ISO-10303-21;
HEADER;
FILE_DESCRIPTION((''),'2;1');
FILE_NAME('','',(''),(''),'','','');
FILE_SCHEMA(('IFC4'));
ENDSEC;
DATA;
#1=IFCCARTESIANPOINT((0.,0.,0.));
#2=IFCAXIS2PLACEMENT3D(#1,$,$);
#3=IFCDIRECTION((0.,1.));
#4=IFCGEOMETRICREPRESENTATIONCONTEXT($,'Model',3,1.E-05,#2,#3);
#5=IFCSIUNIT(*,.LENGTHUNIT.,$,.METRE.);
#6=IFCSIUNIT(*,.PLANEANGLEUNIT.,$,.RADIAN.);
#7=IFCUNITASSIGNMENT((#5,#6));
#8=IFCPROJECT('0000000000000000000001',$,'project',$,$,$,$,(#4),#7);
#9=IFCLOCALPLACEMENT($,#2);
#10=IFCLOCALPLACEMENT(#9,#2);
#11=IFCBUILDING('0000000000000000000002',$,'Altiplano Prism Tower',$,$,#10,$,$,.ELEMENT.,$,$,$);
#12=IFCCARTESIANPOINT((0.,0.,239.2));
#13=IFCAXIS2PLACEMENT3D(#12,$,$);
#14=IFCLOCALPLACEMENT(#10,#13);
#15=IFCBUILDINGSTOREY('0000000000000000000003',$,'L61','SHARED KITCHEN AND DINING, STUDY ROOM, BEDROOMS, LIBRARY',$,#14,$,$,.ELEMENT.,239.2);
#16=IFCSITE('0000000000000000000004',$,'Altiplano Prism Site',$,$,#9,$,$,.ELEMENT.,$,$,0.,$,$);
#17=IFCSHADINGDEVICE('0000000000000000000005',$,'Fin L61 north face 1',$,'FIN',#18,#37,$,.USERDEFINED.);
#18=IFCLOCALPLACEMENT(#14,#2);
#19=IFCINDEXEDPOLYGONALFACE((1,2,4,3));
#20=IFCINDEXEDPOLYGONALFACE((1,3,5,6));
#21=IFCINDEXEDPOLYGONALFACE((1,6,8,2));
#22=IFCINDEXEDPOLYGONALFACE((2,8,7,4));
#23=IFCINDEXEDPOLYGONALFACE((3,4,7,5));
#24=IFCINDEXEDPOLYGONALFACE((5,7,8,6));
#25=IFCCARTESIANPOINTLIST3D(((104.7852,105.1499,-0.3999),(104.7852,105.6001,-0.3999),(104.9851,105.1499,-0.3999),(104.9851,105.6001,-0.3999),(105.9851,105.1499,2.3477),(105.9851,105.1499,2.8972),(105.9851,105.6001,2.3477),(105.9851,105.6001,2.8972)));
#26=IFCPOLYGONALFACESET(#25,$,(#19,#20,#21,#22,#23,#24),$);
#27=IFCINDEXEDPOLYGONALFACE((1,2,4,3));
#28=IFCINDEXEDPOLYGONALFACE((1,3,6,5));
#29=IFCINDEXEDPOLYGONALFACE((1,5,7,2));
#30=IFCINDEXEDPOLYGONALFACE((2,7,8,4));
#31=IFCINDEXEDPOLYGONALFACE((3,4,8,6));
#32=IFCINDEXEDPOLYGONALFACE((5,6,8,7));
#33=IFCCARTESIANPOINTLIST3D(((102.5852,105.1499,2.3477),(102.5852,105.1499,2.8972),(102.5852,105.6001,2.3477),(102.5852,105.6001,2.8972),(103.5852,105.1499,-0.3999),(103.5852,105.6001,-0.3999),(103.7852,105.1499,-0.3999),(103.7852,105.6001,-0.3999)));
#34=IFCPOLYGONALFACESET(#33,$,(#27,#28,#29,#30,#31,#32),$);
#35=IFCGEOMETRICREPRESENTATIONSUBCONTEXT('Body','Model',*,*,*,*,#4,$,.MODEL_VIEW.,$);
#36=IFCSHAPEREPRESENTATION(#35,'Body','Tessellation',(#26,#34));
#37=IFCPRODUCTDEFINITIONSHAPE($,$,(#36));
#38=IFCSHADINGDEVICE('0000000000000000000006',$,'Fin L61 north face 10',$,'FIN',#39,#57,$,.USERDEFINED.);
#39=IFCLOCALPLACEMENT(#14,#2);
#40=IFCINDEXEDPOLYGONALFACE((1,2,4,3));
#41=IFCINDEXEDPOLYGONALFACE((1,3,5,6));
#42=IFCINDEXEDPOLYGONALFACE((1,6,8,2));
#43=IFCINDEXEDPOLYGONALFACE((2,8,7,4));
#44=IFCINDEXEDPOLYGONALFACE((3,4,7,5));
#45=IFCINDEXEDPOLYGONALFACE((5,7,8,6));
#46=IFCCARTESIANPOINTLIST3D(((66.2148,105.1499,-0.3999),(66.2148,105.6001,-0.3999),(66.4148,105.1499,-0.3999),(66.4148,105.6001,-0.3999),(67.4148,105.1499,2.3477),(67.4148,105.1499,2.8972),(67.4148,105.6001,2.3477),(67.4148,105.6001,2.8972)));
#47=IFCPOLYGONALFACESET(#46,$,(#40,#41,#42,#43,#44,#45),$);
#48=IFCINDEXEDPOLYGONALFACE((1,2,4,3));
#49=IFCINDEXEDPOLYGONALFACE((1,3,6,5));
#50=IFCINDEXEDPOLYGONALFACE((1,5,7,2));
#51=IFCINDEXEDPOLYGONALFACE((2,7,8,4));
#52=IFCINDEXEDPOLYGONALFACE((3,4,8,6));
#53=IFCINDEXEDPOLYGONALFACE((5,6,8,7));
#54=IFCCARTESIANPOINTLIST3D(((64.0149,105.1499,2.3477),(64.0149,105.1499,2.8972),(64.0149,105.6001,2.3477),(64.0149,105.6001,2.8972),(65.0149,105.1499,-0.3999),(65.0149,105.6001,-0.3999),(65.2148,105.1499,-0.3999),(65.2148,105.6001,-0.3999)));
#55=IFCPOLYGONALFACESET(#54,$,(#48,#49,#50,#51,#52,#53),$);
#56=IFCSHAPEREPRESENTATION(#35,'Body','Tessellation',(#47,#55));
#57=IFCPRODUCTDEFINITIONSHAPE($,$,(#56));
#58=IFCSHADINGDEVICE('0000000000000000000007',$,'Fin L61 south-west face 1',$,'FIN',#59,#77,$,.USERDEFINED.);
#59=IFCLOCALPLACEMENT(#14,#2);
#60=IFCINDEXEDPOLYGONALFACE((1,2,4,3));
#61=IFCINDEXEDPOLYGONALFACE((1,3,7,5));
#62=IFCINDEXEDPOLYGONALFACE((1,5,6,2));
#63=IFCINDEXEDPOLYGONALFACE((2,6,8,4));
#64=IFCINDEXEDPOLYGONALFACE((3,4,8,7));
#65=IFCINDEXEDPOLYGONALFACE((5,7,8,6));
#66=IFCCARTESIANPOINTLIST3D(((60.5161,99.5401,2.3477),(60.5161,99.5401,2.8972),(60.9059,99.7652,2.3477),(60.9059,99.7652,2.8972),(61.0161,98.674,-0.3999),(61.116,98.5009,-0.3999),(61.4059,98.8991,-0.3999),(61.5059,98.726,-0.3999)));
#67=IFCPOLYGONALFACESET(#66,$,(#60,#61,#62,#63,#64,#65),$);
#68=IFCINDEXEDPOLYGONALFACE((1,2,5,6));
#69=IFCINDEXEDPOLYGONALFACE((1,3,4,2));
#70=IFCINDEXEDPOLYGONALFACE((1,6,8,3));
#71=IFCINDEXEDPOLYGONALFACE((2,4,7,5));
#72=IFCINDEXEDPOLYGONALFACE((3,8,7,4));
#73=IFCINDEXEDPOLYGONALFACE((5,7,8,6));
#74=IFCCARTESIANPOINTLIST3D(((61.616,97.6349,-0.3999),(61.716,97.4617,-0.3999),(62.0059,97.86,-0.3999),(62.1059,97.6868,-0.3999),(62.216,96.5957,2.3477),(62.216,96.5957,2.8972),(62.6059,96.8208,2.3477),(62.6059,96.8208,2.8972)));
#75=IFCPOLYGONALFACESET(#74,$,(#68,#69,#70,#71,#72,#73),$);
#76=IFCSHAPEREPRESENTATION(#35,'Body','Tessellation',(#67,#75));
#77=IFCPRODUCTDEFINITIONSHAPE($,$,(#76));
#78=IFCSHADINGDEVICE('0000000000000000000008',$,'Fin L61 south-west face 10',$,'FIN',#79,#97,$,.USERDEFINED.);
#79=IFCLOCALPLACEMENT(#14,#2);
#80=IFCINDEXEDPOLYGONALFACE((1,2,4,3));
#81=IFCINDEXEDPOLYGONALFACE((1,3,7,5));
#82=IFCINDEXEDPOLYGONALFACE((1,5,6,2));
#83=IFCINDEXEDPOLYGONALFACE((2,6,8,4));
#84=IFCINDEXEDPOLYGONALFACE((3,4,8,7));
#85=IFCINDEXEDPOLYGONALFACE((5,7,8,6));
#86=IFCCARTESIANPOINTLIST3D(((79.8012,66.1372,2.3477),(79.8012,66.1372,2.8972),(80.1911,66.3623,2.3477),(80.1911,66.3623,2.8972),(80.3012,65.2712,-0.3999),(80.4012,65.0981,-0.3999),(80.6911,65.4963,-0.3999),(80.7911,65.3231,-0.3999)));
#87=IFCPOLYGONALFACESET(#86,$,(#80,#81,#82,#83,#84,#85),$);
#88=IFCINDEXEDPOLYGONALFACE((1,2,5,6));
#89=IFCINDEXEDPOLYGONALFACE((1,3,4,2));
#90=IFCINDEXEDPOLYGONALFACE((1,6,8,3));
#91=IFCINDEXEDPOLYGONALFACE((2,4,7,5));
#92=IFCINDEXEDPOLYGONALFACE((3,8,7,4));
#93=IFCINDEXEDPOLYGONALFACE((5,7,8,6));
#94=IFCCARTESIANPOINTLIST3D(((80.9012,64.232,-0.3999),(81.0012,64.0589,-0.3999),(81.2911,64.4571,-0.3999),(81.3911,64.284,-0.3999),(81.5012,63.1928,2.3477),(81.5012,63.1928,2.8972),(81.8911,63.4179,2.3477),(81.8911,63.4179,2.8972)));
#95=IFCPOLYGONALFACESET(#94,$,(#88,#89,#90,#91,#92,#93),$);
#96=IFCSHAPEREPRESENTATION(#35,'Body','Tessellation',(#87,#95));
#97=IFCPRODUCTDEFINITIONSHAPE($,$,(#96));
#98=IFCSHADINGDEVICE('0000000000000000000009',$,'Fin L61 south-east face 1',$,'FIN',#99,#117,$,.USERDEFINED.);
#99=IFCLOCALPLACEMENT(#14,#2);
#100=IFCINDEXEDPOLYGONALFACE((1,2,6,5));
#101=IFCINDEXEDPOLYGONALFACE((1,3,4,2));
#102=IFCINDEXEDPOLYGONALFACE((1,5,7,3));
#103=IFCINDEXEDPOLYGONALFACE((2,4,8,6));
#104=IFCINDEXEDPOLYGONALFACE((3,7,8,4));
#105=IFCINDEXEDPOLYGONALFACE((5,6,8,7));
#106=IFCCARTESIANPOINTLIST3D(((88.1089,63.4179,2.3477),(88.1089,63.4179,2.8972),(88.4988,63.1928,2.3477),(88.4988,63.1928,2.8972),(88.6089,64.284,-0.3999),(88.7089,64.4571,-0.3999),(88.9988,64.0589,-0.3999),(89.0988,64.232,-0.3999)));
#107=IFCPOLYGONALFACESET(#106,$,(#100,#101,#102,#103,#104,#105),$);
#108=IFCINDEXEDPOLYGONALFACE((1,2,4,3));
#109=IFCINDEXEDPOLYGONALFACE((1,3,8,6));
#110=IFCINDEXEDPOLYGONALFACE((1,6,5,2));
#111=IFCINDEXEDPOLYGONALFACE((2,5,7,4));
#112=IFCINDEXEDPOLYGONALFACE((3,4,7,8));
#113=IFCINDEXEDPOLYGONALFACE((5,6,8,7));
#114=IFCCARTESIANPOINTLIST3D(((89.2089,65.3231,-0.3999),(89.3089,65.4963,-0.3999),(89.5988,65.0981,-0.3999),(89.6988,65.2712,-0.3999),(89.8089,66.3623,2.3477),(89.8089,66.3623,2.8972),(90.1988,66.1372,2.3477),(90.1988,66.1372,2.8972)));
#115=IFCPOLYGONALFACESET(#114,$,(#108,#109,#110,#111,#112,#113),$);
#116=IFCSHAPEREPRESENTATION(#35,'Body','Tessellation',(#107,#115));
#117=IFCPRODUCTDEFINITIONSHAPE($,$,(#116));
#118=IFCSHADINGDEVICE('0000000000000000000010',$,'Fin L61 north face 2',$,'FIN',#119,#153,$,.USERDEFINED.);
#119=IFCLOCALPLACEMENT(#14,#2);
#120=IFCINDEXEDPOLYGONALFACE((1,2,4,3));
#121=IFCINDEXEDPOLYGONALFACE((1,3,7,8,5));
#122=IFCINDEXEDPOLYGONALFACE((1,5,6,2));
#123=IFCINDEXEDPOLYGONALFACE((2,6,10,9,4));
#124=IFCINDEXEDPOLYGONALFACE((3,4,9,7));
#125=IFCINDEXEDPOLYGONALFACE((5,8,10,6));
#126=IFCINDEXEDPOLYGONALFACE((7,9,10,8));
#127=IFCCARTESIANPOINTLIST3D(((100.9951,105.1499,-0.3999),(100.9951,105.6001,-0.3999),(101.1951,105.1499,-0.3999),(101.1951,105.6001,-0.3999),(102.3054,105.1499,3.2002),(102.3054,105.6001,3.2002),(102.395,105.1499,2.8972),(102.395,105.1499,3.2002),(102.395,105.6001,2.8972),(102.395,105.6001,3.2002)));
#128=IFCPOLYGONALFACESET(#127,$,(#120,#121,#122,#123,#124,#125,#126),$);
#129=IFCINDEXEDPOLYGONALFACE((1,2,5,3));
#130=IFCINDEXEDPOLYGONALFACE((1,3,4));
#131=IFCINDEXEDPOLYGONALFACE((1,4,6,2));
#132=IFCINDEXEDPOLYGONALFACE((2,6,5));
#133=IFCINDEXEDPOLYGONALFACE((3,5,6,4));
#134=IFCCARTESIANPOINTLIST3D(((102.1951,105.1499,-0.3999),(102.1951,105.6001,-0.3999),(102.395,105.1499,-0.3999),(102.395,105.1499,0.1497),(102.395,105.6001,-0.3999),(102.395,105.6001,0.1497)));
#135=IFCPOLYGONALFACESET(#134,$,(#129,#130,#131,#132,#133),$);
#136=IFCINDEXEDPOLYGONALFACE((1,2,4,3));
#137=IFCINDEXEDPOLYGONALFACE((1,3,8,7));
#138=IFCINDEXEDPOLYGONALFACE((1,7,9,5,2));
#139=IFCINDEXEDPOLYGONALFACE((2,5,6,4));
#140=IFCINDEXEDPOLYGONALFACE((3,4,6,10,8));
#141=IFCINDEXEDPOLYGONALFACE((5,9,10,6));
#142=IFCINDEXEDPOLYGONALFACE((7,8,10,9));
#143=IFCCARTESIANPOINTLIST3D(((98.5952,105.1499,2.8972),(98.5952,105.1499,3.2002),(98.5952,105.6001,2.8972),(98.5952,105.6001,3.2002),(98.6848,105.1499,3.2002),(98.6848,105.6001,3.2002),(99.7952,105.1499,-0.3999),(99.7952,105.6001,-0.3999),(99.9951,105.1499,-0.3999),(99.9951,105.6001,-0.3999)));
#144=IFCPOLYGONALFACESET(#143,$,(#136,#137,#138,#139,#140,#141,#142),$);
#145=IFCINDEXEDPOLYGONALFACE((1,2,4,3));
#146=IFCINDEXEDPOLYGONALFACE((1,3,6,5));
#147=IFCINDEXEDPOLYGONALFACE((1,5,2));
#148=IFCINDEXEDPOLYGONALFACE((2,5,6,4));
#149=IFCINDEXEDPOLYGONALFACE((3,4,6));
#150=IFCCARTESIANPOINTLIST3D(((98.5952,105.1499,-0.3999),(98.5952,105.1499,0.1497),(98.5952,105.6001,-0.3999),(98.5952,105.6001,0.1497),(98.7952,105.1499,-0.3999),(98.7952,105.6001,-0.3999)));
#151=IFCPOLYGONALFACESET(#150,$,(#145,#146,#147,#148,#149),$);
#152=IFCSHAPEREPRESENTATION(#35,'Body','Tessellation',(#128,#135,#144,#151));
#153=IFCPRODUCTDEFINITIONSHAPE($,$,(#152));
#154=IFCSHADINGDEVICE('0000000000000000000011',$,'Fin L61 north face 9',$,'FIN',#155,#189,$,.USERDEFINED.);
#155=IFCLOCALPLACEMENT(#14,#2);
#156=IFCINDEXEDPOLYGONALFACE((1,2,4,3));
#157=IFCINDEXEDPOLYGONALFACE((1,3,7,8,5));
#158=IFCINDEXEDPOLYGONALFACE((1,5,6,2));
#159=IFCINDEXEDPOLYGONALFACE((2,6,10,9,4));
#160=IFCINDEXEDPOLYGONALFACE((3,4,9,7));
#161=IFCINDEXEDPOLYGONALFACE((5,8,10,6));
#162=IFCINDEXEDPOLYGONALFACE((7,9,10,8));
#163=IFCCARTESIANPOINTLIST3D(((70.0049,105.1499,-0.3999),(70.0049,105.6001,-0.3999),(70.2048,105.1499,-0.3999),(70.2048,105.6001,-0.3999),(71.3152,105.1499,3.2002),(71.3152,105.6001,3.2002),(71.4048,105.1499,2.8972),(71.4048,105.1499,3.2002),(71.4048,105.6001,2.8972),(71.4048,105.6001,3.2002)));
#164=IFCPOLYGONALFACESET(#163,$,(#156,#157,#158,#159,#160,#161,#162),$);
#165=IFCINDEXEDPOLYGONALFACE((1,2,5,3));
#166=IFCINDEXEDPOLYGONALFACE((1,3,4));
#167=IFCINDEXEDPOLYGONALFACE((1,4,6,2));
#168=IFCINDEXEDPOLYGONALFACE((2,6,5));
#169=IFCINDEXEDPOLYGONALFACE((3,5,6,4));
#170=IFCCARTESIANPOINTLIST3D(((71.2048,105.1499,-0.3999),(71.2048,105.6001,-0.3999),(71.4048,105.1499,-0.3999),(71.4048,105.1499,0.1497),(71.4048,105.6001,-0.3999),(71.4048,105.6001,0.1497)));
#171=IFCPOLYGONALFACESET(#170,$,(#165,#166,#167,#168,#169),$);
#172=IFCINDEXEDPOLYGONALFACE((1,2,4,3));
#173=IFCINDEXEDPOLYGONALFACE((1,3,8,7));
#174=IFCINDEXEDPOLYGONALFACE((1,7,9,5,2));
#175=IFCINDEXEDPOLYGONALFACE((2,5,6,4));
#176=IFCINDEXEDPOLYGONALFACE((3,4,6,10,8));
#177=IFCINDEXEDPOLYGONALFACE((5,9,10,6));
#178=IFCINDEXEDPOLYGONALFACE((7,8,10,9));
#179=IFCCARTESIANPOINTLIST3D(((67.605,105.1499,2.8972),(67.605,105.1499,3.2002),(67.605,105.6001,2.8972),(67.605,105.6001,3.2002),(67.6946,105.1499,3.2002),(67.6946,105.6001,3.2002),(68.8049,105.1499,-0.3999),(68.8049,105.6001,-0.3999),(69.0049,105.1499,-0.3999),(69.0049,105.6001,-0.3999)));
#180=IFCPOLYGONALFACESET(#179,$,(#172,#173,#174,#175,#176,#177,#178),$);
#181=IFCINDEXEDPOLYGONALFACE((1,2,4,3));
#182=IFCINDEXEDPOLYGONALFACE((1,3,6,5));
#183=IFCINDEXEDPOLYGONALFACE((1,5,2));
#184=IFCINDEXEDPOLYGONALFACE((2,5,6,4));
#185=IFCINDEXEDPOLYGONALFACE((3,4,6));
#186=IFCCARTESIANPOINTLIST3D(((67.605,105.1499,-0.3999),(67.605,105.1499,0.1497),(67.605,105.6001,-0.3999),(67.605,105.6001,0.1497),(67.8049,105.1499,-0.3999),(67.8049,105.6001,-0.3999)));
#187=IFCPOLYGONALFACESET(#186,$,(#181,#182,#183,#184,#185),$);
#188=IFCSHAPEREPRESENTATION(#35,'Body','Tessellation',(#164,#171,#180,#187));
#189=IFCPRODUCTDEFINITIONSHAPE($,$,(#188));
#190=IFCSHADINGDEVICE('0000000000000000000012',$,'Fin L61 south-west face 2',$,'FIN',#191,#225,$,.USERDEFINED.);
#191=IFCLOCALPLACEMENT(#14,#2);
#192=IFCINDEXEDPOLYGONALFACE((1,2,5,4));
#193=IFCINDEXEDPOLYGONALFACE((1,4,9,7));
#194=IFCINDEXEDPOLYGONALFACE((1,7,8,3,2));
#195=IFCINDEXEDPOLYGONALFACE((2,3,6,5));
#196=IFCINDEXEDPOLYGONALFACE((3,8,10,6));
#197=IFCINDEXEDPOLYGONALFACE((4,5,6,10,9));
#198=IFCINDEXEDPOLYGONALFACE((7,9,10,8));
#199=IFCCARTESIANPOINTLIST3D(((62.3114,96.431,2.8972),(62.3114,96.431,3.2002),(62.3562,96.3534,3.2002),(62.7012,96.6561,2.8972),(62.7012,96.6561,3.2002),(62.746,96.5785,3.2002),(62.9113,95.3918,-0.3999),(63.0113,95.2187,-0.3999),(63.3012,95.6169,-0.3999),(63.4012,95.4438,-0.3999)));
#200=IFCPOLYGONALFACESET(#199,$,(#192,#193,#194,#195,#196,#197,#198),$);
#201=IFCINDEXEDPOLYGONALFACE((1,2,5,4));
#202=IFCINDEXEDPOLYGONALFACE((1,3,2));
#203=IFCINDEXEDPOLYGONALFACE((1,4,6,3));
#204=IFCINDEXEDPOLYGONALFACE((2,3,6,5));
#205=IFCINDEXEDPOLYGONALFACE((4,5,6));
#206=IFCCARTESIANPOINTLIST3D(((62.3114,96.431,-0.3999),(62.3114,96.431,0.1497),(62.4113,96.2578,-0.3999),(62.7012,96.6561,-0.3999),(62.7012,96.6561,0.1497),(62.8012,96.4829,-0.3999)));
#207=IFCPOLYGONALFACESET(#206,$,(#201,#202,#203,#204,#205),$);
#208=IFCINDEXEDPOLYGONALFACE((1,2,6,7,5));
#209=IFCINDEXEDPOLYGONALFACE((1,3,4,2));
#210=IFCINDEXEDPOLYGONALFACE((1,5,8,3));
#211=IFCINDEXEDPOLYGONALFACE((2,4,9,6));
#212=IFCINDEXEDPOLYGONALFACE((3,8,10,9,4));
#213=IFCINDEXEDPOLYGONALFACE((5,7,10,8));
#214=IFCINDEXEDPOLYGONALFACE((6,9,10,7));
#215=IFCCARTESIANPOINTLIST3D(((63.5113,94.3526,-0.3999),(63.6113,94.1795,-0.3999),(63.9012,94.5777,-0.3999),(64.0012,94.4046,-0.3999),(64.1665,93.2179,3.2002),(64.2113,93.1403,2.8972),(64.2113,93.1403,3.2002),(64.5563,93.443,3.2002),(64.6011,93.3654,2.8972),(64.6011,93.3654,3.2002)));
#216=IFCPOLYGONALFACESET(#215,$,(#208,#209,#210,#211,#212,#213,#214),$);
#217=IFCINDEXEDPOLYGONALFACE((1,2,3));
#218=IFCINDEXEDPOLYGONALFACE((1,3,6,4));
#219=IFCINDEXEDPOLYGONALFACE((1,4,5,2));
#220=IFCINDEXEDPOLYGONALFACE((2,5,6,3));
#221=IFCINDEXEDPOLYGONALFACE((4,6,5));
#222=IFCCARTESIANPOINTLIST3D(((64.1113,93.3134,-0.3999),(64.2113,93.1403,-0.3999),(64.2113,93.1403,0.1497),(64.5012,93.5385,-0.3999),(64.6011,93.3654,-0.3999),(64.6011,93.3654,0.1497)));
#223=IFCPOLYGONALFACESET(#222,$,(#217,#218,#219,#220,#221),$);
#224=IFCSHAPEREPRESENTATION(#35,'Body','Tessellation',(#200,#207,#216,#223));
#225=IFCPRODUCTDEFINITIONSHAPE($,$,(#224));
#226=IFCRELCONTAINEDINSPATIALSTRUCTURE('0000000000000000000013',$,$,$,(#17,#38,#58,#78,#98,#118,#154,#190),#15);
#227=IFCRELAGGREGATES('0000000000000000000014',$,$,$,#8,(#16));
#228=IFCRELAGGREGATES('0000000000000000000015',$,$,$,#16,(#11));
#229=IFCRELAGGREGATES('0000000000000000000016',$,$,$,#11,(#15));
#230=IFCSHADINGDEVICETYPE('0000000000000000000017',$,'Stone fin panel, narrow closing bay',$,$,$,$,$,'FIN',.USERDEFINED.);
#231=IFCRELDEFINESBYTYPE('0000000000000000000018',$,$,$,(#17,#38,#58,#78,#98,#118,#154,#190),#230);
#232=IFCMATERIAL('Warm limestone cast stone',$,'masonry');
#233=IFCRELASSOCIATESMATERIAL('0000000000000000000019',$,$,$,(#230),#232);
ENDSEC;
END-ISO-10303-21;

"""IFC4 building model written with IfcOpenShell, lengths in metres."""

from ifc_helpers import new_model, si_unit, direction, frame, origin, place, context, subcontext, project, spatial, polyline, outline, extrude, source, transform, mapped, material, type_object, element, save


model = new_model("IFC4")

# Units and contexts
model_context = context("Model", 3, precision=1e-05, world=origin(), true_north=direction((0.0, 1.0)))
body_context = subcontext(model_context, "Body", "Model", "MODEL_VIEW")
ifc_project = project(units=[si_unit("LENGTHUNIT", "METRE"), si_unit("PLANEANGLEUNIT", "RADIAN")], contexts=[model_context])

# Site, building, storey
site_placement = place(None, origin())
site = spatial("IfcSite", under=ifc_project, at=site_placement, Name="Altiplano Prism Site", CompositionType="ELEMENT", RefElevation=0.0)
building_placement = place(site_placement, origin())
building = spatial("IfcBuilding", under=site, at=building_placement, Name="Altiplano Prism Tower", CompositionType="ELEMENT")
storey_placement = place(building_placement, frame((0.0, 0.0, 239.2)))
storey = spatial("IfcBuildingStorey", under=building, at=storey_placement, Name="L61", Description="SHARED KITCHEN AND DINING, STUDY ROOM, BEDROOMS, LIBRARY", CompositionType="ELEMENT", Elevation=239.2)

# Shading devices
ifc_material_1 = material(Name="Warm limestone cast stone", Category="masonry")
shading_device_type_1 = type_object("IfcShadingDeviceType", Name="Stone fin panel, narrow closing bay", ElementType="FIN", PredefinedType="USERDEFINED", material=ifc_material_1)
shared_shape_1 = source(origin(), body_context, "Body", "SweptSolid", [
    extrude(outline(polyline([(-1.7, 3.2971), (-1.7, 2.7476), (-0.7, 0.0), (-0.5, 0.0), (-1.7, 3.2971)])), frame((0.0, -0.1499, 0.0), z_axis=(0.0, -1.0, 0.0), x_axis=(1.0, 0.0, 0.0)), (0.0, 0.0, 1.0), 0.4502),
    extrude(outline(polyline([(1.7, 2.7476), (1.7, 3.2971), (0.5, 0.0), (0.7, 0.0), (1.7, 2.7476)])), frame((0.0, -0.1499, 0.0), z_axis=(0.0, -1.0, 0.0), x_axis=(1.0, 0.0, 0.0)), (0.0, 0.0, 1.0), 0.4502),
])
shading_device_1_placement = place(storey_placement, origin())
element("IfcShadingDevice", 1, at=shading_device_1_placement, inside=storey, type_object=shading_device_type_1, Name="Fin L61 north face 1", ObjectType="FIN", PredefinedType="USERDEFINED", context=body_context, shape_type="MappedRepresentation", body=[
    mapped(shared_shape_1, transform((104.2852, 105.0, -0.3999), x_axis=(-1.0, 0.0, 0.0), y_axis=(0.0, -1.0, 0.0), z_axis=(0.0, 0.0, 1.0))),
])
shading_device_2_placement = place(storey_placement, origin())
element("IfcShadingDevice", 2, at=shading_device_2_placement, inside=storey, type_object=shading_device_type_1, Name="Fin L61 north face 10", ObjectType="FIN", PredefinedType="USERDEFINED", context=body_context, shape_type="MappedRepresentation", body=[
    mapped(shared_shape_1, transform((65.7148, 105.0, -0.3999), x_axis=(-1.0, 0.0, 0.0), y_axis=(0.0, -1.0, 0.0), z_axis=(0.0, 0.0, 1.0))),
])
shading_device_3_placement = place(storey_placement, origin())
element("IfcShadingDevice", 3, at=shading_device_3_placement, inside=storey, type_object=shading_device_type_1, Name="Fin L61 south-west face 1", ObjectType="FIN", PredefinedType="USERDEFINED", context=body_context, shape_type="MappedRepresentation", body=[
    mapped(shared_shape_1, transform((61.8857, 98.3679, -0.3999), x_axis=(0.5, -0.866025, 0.0), y_axis=(0.866025, 0.5, 0.0), z_axis=(0.0, 0.0, 1.0))),
])
shading_device_4_placement = place(storey_placement, origin())
element("IfcShadingDevice", 4, at=shading_device_4_placement, inside=storey, type_object=shading_device_type_1, Name="Fin L61 south-west face 10", ObjectType="FIN", PredefinedType="USERDEFINED", context=body_context, shape_type="MappedRepresentation", body=[
    mapped(shared_shape_1, transform((81.1709, 64.9651, -0.3999), x_axis=(0.5, -0.866025, 0.0), y_axis=(0.866025, 0.5, 0.0), z_axis=(0.0, 0.0, 1.0))),
])
shading_device_5_placement = place(storey_placement, origin())
element("IfcShadingDevice", 5, at=shading_device_5_placement, inside=storey, type_object=shading_device_type_1, Name="Fin L61 south-east face 1", ObjectType="FIN", PredefinedType="USERDEFINED", context=body_context, shape_type="MappedRepresentation", body=[
    mapped(shared_shape_1, transform((88.8291, 64.9651, -0.3999), x_axis=(0.5, 0.866025, 0.0), y_axis=(-0.866025, 0.5, 0.0), z_axis=(0.0, 0.0, 1.0))),
])
shared_shape_2 = source(origin(), body_context, "Body", "SweptSolid", [
    extrude(outline(polyline([(-1.8999, 3.6001), (-1.8999, 3.2971), (-0.7, 0.0), (-0.5, 0.0), (-1.8103, 3.6001), (-1.8999, 3.6001)])), frame((0.0, -0.1499, 0.0), z_axis=(0.0, -1.0, 0.0), x_axis=(1.0, 0.0, 0.0)), (0.0, 0.0, 1.0), 0.4502),
    extrude(outline(polyline([(-1.8999, 0.5496), (-1.8999, 0.0), (-1.7, 0.0), (-1.8999, 0.5496)])), frame((0.0, -0.1499, 0.0), z_axis=(0.0, -1.0, 0.0), x_axis=(1.0, 0.0, 0.0)), (0.0, 0.0, 1.0), 0.4502),
    extrude(outline(polyline([(1.8103, 3.6001), (0.5, 0.0), (0.7, 0.0), (1.8999, 3.2971), (1.8999, 3.6001), (1.8103, 3.6001)])), frame((0.0, -0.1499, 0.0), z_axis=(0.0, -1.0, 0.0), x_axis=(1.0, 0.0, 0.0)), (0.0, 0.0, 1.0), 0.4502),
    extrude(outline(polyline([(1.8999, 0.0), (1.8999, 0.5496), (1.7, 0.0), (1.8999, 0.0)])), frame((0.0, -0.1499, 0.0), z_axis=(0.0, -1.0, 0.0), x_axis=(1.0, 0.0, 0.0)), (0.0, 0.0, 1.0), 0.4502),
])
shading_device_6_placement = place(storey_placement, origin())
element("IfcShadingDevice", 6, at=shading_device_6_placement, inside=storey, type_object=shading_device_type_1, Name="Fin L61 north face 2", ObjectType="FIN", PredefinedType="USERDEFINED", context=body_context, shape_type="MappedRepresentation", body=[
    mapped(shared_shape_2, transform((100.4951, 105.0, -0.3999), x_axis=(-1.0, 0.0, 0.0), y_axis=(0.0, -1.0, 0.0), z_axis=(0.0, 0.0, 1.0))),
])
shading_device_7_placement = place(storey_placement, origin())
element("IfcShadingDevice", 7, at=shading_device_7_placement, inside=storey, type_object=shading_device_type_1, Name="Fin L61 north face 9", ObjectType="FIN", PredefinedType="USERDEFINED", context=body_context, shape_type="MappedRepresentation", body=[
    mapped(shared_shape_2, transform((69.5049, 105.0, -0.3999), x_axis=(-1.0, 0.0, 0.0), y_axis=(0.0, -1.0, 0.0), z_axis=(0.0, 0.0, 1.0))),
])
shading_device_8_placement = place(storey_placement, origin())
element("IfcShadingDevice", 8, at=shading_device_8_placement, inside=storey, type_object=shading_device_type_1, Name="Fin L61 south-west face 2", ObjectType="FIN", PredefinedType="USERDEFINED", context=body_context, shape_type="MappedRepresentation", body=[
    mapped(shared_shape_2, transform((63.781, 95.0857, -0.3999), x_axis=(0.5, -0.866025, 0.0), y_axis=(0.866025, 0.5, 0.0), z_axis=(0.0, 0.0, 1.0))),
])

save(model, "model.ifc")
